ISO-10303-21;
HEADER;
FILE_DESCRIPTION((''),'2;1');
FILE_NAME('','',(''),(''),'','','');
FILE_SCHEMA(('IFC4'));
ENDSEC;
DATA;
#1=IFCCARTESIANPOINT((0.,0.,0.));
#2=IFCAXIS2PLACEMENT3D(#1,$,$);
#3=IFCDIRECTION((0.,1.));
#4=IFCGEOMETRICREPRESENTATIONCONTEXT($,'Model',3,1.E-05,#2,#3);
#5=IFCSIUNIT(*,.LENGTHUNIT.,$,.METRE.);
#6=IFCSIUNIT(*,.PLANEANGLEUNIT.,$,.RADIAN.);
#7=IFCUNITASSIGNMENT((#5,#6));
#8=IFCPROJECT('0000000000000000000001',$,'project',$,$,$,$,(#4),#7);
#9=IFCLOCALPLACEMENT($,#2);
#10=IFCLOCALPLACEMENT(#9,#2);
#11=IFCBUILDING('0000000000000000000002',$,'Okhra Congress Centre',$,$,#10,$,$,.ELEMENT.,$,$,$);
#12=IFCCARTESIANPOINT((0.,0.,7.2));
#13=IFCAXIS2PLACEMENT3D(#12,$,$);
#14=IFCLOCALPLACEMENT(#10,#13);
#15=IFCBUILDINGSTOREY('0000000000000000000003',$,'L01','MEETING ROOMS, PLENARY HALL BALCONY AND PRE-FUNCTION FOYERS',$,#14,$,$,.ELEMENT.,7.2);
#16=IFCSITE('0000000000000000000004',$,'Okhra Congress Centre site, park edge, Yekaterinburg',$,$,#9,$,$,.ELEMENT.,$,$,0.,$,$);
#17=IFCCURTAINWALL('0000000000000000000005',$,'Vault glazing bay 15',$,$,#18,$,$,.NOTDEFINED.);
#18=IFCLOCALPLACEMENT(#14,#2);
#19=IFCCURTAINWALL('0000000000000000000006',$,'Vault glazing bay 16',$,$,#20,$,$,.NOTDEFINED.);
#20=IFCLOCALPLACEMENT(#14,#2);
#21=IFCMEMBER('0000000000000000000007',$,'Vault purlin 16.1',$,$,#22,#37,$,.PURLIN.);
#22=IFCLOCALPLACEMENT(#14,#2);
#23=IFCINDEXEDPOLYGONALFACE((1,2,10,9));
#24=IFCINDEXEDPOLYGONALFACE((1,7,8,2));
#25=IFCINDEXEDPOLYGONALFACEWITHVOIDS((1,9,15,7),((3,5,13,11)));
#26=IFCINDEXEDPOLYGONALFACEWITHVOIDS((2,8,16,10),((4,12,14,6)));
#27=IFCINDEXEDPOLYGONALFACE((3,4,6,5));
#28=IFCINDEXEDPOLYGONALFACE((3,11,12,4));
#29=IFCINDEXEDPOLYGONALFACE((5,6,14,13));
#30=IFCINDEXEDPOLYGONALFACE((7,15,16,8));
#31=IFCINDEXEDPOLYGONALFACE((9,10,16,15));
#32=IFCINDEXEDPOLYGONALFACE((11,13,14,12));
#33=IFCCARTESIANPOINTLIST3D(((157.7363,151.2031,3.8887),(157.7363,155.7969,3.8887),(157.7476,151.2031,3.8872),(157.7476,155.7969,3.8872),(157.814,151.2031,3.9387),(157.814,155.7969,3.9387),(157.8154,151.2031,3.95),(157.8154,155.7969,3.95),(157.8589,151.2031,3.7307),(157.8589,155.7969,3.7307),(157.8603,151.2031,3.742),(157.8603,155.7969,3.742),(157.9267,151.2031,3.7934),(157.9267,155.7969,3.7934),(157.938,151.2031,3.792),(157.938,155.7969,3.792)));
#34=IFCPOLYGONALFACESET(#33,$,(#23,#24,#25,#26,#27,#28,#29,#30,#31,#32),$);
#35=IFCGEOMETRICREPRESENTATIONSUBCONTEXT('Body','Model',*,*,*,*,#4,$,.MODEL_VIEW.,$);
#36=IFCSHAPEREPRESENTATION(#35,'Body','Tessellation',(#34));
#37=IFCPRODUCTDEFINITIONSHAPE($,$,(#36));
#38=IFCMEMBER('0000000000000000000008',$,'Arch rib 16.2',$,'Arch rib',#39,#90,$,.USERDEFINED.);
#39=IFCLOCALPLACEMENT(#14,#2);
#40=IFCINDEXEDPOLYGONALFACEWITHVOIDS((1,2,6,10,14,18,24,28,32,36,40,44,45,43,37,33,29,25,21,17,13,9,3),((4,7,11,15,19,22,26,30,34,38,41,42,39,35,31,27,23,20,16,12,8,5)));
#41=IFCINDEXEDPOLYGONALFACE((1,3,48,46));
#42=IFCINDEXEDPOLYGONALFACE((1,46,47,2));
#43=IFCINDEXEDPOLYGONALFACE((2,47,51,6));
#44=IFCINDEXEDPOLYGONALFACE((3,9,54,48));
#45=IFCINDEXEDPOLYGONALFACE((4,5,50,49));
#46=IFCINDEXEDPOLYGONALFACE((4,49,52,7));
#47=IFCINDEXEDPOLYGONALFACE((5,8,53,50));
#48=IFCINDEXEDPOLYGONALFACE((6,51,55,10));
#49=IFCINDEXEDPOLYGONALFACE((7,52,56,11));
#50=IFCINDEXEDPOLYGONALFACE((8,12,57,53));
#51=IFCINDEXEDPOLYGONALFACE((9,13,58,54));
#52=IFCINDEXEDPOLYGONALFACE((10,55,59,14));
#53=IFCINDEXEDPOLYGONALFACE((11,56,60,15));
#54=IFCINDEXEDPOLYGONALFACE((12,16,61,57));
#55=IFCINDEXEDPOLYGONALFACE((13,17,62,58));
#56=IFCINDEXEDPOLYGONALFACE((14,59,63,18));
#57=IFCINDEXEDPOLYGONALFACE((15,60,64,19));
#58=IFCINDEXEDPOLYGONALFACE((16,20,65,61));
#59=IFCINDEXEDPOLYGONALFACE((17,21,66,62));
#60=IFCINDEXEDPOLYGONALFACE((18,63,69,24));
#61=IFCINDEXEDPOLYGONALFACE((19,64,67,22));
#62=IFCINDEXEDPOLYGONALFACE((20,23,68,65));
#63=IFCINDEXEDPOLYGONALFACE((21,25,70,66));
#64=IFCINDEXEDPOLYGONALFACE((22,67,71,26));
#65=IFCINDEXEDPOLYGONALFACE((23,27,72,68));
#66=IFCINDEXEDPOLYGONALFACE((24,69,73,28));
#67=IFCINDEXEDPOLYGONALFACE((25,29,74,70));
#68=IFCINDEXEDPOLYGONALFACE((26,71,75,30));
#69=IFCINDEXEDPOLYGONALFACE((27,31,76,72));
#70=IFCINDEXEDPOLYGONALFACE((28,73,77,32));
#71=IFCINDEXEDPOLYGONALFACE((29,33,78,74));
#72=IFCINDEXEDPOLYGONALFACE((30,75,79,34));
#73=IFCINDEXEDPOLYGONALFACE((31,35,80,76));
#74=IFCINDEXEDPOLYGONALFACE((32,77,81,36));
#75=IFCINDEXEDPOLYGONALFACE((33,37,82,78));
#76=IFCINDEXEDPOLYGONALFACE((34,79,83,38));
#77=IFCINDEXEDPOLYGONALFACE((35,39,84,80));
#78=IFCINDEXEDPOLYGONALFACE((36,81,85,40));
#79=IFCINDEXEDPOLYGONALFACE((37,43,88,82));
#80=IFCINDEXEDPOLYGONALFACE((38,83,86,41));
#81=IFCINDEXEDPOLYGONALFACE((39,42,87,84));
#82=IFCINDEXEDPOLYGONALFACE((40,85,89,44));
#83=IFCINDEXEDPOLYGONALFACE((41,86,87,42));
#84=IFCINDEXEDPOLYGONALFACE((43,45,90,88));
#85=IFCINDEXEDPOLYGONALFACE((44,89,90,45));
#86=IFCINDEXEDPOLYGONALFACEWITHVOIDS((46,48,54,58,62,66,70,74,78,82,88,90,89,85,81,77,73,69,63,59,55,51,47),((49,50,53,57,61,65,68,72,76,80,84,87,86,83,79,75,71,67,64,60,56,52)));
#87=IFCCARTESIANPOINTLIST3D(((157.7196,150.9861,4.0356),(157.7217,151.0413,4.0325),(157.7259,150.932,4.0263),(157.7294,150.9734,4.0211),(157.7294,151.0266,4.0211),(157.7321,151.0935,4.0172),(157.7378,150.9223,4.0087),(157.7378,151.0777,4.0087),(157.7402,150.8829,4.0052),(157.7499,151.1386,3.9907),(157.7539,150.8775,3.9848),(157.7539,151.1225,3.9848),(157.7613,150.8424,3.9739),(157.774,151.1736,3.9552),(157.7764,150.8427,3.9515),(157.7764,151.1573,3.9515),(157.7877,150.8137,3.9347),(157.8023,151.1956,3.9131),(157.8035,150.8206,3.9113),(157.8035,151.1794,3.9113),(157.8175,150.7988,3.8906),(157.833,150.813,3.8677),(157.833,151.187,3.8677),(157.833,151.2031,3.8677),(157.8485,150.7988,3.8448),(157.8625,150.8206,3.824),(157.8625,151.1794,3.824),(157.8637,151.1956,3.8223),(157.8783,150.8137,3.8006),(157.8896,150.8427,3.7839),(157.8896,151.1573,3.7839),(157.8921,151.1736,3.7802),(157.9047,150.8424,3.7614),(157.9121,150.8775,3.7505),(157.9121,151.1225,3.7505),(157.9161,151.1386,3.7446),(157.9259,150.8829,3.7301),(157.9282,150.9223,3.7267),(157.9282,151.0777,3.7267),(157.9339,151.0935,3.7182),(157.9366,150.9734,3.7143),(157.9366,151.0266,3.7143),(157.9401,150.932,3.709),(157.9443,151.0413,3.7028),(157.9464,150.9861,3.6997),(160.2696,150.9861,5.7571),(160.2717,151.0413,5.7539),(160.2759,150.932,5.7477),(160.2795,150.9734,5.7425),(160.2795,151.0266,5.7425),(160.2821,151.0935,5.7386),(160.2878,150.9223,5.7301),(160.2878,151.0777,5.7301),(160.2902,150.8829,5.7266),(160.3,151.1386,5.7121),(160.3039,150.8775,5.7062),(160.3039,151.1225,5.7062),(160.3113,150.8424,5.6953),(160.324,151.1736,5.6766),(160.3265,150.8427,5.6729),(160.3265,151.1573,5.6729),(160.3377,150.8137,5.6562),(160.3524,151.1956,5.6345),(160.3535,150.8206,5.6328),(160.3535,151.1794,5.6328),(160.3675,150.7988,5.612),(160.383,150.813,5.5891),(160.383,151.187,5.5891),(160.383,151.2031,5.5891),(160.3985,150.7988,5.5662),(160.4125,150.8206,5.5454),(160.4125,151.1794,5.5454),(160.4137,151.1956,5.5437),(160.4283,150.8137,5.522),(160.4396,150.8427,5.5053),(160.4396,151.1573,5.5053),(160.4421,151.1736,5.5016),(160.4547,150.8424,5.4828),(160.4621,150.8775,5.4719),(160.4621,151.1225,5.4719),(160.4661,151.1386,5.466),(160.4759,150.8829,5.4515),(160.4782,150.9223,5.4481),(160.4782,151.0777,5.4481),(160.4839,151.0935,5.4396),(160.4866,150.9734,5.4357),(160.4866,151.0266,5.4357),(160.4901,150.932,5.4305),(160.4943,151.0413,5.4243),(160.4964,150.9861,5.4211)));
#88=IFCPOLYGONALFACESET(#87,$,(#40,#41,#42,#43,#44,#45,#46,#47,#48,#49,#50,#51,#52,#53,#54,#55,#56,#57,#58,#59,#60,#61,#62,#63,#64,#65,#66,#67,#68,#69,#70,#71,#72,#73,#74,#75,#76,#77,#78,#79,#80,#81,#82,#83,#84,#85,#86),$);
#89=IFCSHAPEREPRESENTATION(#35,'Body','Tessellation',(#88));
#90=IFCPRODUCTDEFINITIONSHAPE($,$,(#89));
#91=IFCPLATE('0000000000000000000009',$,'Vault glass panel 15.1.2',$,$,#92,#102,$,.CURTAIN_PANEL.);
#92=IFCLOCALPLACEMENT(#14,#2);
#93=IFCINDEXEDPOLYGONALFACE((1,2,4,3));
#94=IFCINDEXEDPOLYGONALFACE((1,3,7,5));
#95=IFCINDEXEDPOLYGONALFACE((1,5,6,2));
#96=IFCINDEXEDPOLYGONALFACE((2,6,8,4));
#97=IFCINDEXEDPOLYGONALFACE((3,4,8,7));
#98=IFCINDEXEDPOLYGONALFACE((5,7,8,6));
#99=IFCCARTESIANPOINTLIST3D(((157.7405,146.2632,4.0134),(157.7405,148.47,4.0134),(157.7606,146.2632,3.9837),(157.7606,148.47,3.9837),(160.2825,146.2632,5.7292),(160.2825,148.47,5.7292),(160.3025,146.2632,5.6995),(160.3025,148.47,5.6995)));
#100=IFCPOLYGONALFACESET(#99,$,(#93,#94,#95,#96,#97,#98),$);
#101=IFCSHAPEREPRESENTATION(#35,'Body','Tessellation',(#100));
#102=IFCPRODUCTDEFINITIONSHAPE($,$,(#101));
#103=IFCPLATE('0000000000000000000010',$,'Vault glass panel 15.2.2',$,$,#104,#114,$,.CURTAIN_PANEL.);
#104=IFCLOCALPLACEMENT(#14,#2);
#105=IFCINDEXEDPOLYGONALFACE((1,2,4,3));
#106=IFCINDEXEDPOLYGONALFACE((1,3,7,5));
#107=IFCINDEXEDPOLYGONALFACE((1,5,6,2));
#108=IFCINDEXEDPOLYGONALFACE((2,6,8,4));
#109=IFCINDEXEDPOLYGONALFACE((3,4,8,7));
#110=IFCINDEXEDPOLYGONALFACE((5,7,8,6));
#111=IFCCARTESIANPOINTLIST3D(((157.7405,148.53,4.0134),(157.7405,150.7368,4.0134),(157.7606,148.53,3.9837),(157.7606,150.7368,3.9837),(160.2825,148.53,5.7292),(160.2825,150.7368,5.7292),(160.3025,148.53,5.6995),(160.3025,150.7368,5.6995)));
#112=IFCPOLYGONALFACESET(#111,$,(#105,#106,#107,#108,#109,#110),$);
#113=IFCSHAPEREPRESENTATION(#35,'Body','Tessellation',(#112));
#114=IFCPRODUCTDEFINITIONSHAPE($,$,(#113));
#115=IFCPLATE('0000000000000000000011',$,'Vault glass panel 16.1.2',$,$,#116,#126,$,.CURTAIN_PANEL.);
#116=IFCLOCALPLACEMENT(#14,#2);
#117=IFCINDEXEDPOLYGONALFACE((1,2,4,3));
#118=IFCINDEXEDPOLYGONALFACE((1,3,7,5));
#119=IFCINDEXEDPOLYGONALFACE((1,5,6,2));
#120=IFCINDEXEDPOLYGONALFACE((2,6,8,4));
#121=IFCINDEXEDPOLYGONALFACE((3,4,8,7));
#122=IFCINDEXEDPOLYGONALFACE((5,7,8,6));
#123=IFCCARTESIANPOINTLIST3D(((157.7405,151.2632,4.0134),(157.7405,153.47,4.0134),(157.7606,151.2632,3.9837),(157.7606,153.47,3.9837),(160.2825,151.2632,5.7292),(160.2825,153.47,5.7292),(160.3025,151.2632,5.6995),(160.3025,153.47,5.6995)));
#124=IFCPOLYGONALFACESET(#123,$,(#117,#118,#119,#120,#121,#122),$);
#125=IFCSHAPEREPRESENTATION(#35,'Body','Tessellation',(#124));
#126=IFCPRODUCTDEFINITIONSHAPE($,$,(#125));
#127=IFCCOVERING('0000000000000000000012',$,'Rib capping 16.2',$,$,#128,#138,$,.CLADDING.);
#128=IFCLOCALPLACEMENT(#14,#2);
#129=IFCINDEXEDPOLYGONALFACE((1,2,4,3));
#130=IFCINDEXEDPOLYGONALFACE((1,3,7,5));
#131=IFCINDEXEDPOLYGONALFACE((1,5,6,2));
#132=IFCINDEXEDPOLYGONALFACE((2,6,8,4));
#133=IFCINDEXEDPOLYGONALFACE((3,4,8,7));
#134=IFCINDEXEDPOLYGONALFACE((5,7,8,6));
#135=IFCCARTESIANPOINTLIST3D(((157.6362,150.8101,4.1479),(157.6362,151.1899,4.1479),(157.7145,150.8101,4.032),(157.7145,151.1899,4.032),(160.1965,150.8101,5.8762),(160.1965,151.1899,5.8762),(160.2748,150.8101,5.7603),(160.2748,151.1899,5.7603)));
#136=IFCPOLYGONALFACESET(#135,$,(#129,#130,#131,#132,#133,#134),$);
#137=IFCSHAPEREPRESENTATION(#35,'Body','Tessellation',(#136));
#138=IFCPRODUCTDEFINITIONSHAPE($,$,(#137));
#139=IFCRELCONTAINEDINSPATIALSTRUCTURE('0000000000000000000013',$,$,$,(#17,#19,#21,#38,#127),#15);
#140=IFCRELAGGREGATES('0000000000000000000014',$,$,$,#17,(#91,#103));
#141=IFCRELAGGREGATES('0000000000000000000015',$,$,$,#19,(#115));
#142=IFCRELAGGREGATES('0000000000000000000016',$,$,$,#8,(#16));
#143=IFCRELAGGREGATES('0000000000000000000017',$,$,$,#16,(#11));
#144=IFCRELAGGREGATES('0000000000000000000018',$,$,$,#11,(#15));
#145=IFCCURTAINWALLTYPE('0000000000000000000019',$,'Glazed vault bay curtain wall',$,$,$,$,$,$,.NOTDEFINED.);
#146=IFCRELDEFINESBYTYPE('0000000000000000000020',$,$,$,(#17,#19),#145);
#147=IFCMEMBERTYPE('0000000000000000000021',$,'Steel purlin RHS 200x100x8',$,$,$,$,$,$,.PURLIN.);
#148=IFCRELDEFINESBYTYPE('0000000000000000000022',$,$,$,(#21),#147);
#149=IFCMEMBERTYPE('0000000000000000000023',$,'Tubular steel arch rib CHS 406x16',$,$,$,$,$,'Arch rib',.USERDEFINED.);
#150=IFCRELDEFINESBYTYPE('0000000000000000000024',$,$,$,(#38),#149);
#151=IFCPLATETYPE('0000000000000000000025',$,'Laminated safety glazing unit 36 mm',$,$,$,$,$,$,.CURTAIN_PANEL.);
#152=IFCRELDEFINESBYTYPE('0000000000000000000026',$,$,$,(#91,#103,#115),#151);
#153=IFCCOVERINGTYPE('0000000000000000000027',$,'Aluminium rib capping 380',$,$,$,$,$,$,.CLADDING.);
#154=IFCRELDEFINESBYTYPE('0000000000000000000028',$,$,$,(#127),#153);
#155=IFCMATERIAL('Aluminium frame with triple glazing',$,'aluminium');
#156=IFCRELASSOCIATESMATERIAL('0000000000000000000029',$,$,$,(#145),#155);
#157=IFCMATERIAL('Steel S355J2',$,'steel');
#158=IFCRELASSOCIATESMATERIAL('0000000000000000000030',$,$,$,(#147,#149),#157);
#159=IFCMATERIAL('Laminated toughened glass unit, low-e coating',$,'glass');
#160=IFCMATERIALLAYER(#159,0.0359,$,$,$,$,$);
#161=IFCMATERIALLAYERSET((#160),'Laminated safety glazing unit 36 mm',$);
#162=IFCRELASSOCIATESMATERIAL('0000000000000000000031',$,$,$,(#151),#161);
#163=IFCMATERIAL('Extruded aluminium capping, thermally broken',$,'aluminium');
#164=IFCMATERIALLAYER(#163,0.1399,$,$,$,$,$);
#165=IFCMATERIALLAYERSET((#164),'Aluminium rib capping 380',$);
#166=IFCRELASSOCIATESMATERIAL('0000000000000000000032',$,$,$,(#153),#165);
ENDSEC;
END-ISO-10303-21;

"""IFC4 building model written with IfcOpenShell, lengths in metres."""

from ifc_helpers import new_model, si_unit, direction, frame, origin, origin_2d, place, context, subcontext, project, spatial, polyline, hollow_rectangle, hollow_circle, outline, extrude, material, layer, layer_set, material_profile, profile_set, type_object, element, aggregate, save


model = new_model("IFC4")

# Units and contexts
model_context = context("Model", 3, precision=1e-05, world=origin(), true_north=direction((0.0, 1.0)))
body_context = subcontext(model_context, "Body", "Model", "MODEL_VIEW")
ifc_project = project(units=[si_unit("LENGTHUNIT", "METRE"), si_unit("PLANEANGLEUNIT", "RADIAN")], contexts=[model_context])

# Site, building, storey
site_placement = place(None, origin())
site = spatial("IfcSite", under=ifc_project, at=site_placement, Name="Okhra Congress Centre site, park edge, Yekaterinburg", CompositionType="ELEMENT", RefElevation=0.0)
building_placement = place(site_placement, origin())
building = spatial("IfcBuilding", under=site, at=building_placement, Name="Okhra Congress Centre", CompositionType="ELEMENT")
storey_placement = place(building_placement, frame((0.0, 0.0, 7.2)))
storey = spatial("IfcBuildingStorey", under=building, at=storey_placement, Name="L01", Description="MEETING ROOMS, PLENARY HALL BALCONY AND PRE-FUNCTION FOYERS", CompositionType="ELEMENT", Elevation=7.2)

# Curtain walls
ifc_material_1 = material(Name="Aluminium frame with triple glazing", Category="aluminium")
curtain_wall_type = type_object("IfcCurtainWallType", Name="Glazed vault bay curtain wall", PredefinedType="NOTDEFINED", material=ifc_material_1)
curtain_wall_1_placement = place(storey_placement, origin())
curtain_wall_1 = element("IfcCurtainWall", 1, at=curtain_wall_1_placement, inside=storey, type_object=curtain_wall_type, Name="Vault glazing bay 15", PredefinedType="NOTDEFINED")
curtain_wall_2_placement = place(storey_placement, origin())
curtain_wall_2 = element("IfcCurtainWall", 2, at=curtain_wall_2_placement, inside=storey, type_object=curtain_wall_type, Name="Vault glazing bay 16", PredefinedType="NOTDEFINED")

# Members
ifc_material_2 = material(Name="Steel S355J2", Category="steel")
ifc_material_profile_1 = material_profile(ifc_material_2, hollow_rectangle(XDim=0.1001, YDim=0.2, WallThickness=0.0081, at=origin_2d()), Name="RHS 200x100x8")
ifc_profile_set_1 = profile_set([ifc_material_profile_1], Name="Steel S355J2")
member_type_1 = type_object("IfcMemberType", Name="Steel purlin RHS 200x100x8", PredefinedType="PURLIN", material=ifc_profile_set_1)
for number, where, z_axis, x_axis, name in (
    (3, (157.8372, 151.2031, 3.8403), (0.0, 1.0, 0.0), (-0.790145, 0.0, -0.61292), "Vault purlin 16.1"),
):
    element("IfcMember", number, at=place(storey_placement, frame(where, z_axis=z_axis, x_axis=x_axis)), inside=storey, type_object=member_type_1, Name=name, PredefinedType="PURLIN", context=body_context, shape_type="SweptSolid", body=[
        extrude(hollow_rectangle(XDim=0.1001, YDim=0.2, WallThickness=0.0081, at=origin_2d()), origin(), (0.0, 0.0, 1.0), 4.5938),
    ])
ifc_material_profile_2 = material_profile(ifc_material_2, hollow_circle(Radius=0.2031, WallThickness=0.0161, at=origin_2d()), Name="CHS 406.4x16")
ifc_profile_set_2 = profile_set([ifc_material_profile_2], Name="Steel S355J2")
member_type_2 = type_object("IfcMemberType", Name="Tubular steel arch rib CHS 406x16", ElementType="Arch rib", PredefinedType="USERDEFINED", material=ifc_profile_set_2)
member_1_placement = place(storey_placement, frame((157.833, 151.0, 3.8677), z_axis=(0.828826, 0.0, 0.559507), x_axis=(0.0, 1.0, 0.0)))
element("IfcMember", 4, at=member_1_placement, inside=storey, type_object=member_type_2, Name="Arch rib 16.2", ObjectType="Arch rib", PredefinedType="USERDEFINED", context=body_context, shape_type="SweptSolid", body=[
    extrude(hollow_circle(Radius=0.2031, WallThickness=0.0161, at=origin_2d()), origin(), (0.0, 0.0, 1.0), 3.0767),
])

# Plates
ifc_material_3 = material(Name="Laminated toughened glass unit, low-e coating", Category="glass")
ifc_layer_1 = layer(ifc_material_3, 0.0359)
ifc_layer_set_1 = layer_set([ifc_layer_1], Name="Laminated safety glazing unit 36 mm")
plate_type = type_object("IfcPlateType", Name="Laminated safety glazing unit 36 mm", PredefinedType="CURTAIN_PANEL", material=ifc_layer_set_1)
plate_1_placement = place(storey_placement, frame((157.7405, 146.2632, 4.0134), z_axis=(-0.559467, 0.0, 0.828852), x_axis=(0.828852, 0.0, 0.559467)))
plate_1 = element("IfcPlate", 5, at=plate_1_placement, type_object=plate_type, Name="Vault glass panel 15.1.2", PredefinedType="CURTAIN_PANEL", context=body_context, shape_type="SweptSolid", body=[
    extrude(outline(polyline([(0.0, 0.0), (3.0669, 0.0), (3.0669, 2.2068), (0.0, 2.2068), (0.0, 0.0)])), origin(), (0.0, 0.0, -1.0), 0.0359),
])
plate_2_placement = place(storey_placement, frame((157.7405, 148.53, 4.0134), z_axis=(-0.559467, 0.0, 0.828852), x_axis=(0.828852, 0.0, 0.559467)))
plate_2 = element("IfcPlate", 6, at=plate_2_placement, type_object=plate_type, Name="Vault glass panel 15.2.2", PredefinedType="CURTAIN_PANEL", context=body_context, shape_type="SweptSolid", body=[
    extrude(outline(polyline([(0.0, 0.0), (3.0669, 0.0), (3.0669, 2.2068), (0.0, 2.2068), (0.0, 0.0)])), origin(), (0.0, 0.0, -1.0), 0.0359),
])
aggregate(curtain_wall_1, [plate_1, plate_2])
plate_3_placement = place(storey_placement, frame((157.7405, 151.2632, 4.0134), z_axis=(-0.559467, 0.0, 0.828852), x_axis=(0.828852, 0.0, 0.559467)))
plate_3 = element("IfcPlate", 7, at=plate_3_placement, type_object=plate_type, Name="Vault glass panel 16.1.2", PredefinedType="CURTAIN_PANEL", context=body_context, shape_type="SweptSolid", body=[
    extrude(outline(polyline([(0.0, 0.0), (3.0669, 0.0), (3.0669, 2.2068), (0.0, 2.2068), (0.0, 0.0)])), origin(), (0.0, 0.0, -1.0), 0.0359),
])
aggregate(curtain_wall_2, [plate_3])

# Covering
ifc_material_4 = material(Name="Extruded aluminium capping, thermally broken", Category="aluminium")
ifc_layer_2 = layer(ifc_material_4, 0.1399)
ifc_layer_set_2 = layer_set([ifc_layer_2], Name="Aluminium rib capping 380")
covering_type = type_object("IfcCoveringType", Name="Aluminium rib capping 380", PredefinedType="CLADDING", material=ifc_layer_set_2)
covering_placement = place(storey_placement, frame((157.6362, 150.8101, 4.1479), z_axis=(-0.559488, 0.0, 0.828839), x_axis=(0.828839, 0.0, 0.559488)))
element("IfcCovering", 8, at=covering_placement, inside=storey, type_object=covering_type, Name="Rib capping 16.2", PredefinedType="CLADDING", context=body_context, shape_type="SweptSolid", body=[
    extrude(outline(polyline([(0.0, 0.0), (3.089, 0.0), (3.089, 0.3799), (0.0, 0.3799), (0.0, 0.0)])), origin(), (0.0, 0.0, -1.0), 0.1399),
])

save(model, "model.ifc")
